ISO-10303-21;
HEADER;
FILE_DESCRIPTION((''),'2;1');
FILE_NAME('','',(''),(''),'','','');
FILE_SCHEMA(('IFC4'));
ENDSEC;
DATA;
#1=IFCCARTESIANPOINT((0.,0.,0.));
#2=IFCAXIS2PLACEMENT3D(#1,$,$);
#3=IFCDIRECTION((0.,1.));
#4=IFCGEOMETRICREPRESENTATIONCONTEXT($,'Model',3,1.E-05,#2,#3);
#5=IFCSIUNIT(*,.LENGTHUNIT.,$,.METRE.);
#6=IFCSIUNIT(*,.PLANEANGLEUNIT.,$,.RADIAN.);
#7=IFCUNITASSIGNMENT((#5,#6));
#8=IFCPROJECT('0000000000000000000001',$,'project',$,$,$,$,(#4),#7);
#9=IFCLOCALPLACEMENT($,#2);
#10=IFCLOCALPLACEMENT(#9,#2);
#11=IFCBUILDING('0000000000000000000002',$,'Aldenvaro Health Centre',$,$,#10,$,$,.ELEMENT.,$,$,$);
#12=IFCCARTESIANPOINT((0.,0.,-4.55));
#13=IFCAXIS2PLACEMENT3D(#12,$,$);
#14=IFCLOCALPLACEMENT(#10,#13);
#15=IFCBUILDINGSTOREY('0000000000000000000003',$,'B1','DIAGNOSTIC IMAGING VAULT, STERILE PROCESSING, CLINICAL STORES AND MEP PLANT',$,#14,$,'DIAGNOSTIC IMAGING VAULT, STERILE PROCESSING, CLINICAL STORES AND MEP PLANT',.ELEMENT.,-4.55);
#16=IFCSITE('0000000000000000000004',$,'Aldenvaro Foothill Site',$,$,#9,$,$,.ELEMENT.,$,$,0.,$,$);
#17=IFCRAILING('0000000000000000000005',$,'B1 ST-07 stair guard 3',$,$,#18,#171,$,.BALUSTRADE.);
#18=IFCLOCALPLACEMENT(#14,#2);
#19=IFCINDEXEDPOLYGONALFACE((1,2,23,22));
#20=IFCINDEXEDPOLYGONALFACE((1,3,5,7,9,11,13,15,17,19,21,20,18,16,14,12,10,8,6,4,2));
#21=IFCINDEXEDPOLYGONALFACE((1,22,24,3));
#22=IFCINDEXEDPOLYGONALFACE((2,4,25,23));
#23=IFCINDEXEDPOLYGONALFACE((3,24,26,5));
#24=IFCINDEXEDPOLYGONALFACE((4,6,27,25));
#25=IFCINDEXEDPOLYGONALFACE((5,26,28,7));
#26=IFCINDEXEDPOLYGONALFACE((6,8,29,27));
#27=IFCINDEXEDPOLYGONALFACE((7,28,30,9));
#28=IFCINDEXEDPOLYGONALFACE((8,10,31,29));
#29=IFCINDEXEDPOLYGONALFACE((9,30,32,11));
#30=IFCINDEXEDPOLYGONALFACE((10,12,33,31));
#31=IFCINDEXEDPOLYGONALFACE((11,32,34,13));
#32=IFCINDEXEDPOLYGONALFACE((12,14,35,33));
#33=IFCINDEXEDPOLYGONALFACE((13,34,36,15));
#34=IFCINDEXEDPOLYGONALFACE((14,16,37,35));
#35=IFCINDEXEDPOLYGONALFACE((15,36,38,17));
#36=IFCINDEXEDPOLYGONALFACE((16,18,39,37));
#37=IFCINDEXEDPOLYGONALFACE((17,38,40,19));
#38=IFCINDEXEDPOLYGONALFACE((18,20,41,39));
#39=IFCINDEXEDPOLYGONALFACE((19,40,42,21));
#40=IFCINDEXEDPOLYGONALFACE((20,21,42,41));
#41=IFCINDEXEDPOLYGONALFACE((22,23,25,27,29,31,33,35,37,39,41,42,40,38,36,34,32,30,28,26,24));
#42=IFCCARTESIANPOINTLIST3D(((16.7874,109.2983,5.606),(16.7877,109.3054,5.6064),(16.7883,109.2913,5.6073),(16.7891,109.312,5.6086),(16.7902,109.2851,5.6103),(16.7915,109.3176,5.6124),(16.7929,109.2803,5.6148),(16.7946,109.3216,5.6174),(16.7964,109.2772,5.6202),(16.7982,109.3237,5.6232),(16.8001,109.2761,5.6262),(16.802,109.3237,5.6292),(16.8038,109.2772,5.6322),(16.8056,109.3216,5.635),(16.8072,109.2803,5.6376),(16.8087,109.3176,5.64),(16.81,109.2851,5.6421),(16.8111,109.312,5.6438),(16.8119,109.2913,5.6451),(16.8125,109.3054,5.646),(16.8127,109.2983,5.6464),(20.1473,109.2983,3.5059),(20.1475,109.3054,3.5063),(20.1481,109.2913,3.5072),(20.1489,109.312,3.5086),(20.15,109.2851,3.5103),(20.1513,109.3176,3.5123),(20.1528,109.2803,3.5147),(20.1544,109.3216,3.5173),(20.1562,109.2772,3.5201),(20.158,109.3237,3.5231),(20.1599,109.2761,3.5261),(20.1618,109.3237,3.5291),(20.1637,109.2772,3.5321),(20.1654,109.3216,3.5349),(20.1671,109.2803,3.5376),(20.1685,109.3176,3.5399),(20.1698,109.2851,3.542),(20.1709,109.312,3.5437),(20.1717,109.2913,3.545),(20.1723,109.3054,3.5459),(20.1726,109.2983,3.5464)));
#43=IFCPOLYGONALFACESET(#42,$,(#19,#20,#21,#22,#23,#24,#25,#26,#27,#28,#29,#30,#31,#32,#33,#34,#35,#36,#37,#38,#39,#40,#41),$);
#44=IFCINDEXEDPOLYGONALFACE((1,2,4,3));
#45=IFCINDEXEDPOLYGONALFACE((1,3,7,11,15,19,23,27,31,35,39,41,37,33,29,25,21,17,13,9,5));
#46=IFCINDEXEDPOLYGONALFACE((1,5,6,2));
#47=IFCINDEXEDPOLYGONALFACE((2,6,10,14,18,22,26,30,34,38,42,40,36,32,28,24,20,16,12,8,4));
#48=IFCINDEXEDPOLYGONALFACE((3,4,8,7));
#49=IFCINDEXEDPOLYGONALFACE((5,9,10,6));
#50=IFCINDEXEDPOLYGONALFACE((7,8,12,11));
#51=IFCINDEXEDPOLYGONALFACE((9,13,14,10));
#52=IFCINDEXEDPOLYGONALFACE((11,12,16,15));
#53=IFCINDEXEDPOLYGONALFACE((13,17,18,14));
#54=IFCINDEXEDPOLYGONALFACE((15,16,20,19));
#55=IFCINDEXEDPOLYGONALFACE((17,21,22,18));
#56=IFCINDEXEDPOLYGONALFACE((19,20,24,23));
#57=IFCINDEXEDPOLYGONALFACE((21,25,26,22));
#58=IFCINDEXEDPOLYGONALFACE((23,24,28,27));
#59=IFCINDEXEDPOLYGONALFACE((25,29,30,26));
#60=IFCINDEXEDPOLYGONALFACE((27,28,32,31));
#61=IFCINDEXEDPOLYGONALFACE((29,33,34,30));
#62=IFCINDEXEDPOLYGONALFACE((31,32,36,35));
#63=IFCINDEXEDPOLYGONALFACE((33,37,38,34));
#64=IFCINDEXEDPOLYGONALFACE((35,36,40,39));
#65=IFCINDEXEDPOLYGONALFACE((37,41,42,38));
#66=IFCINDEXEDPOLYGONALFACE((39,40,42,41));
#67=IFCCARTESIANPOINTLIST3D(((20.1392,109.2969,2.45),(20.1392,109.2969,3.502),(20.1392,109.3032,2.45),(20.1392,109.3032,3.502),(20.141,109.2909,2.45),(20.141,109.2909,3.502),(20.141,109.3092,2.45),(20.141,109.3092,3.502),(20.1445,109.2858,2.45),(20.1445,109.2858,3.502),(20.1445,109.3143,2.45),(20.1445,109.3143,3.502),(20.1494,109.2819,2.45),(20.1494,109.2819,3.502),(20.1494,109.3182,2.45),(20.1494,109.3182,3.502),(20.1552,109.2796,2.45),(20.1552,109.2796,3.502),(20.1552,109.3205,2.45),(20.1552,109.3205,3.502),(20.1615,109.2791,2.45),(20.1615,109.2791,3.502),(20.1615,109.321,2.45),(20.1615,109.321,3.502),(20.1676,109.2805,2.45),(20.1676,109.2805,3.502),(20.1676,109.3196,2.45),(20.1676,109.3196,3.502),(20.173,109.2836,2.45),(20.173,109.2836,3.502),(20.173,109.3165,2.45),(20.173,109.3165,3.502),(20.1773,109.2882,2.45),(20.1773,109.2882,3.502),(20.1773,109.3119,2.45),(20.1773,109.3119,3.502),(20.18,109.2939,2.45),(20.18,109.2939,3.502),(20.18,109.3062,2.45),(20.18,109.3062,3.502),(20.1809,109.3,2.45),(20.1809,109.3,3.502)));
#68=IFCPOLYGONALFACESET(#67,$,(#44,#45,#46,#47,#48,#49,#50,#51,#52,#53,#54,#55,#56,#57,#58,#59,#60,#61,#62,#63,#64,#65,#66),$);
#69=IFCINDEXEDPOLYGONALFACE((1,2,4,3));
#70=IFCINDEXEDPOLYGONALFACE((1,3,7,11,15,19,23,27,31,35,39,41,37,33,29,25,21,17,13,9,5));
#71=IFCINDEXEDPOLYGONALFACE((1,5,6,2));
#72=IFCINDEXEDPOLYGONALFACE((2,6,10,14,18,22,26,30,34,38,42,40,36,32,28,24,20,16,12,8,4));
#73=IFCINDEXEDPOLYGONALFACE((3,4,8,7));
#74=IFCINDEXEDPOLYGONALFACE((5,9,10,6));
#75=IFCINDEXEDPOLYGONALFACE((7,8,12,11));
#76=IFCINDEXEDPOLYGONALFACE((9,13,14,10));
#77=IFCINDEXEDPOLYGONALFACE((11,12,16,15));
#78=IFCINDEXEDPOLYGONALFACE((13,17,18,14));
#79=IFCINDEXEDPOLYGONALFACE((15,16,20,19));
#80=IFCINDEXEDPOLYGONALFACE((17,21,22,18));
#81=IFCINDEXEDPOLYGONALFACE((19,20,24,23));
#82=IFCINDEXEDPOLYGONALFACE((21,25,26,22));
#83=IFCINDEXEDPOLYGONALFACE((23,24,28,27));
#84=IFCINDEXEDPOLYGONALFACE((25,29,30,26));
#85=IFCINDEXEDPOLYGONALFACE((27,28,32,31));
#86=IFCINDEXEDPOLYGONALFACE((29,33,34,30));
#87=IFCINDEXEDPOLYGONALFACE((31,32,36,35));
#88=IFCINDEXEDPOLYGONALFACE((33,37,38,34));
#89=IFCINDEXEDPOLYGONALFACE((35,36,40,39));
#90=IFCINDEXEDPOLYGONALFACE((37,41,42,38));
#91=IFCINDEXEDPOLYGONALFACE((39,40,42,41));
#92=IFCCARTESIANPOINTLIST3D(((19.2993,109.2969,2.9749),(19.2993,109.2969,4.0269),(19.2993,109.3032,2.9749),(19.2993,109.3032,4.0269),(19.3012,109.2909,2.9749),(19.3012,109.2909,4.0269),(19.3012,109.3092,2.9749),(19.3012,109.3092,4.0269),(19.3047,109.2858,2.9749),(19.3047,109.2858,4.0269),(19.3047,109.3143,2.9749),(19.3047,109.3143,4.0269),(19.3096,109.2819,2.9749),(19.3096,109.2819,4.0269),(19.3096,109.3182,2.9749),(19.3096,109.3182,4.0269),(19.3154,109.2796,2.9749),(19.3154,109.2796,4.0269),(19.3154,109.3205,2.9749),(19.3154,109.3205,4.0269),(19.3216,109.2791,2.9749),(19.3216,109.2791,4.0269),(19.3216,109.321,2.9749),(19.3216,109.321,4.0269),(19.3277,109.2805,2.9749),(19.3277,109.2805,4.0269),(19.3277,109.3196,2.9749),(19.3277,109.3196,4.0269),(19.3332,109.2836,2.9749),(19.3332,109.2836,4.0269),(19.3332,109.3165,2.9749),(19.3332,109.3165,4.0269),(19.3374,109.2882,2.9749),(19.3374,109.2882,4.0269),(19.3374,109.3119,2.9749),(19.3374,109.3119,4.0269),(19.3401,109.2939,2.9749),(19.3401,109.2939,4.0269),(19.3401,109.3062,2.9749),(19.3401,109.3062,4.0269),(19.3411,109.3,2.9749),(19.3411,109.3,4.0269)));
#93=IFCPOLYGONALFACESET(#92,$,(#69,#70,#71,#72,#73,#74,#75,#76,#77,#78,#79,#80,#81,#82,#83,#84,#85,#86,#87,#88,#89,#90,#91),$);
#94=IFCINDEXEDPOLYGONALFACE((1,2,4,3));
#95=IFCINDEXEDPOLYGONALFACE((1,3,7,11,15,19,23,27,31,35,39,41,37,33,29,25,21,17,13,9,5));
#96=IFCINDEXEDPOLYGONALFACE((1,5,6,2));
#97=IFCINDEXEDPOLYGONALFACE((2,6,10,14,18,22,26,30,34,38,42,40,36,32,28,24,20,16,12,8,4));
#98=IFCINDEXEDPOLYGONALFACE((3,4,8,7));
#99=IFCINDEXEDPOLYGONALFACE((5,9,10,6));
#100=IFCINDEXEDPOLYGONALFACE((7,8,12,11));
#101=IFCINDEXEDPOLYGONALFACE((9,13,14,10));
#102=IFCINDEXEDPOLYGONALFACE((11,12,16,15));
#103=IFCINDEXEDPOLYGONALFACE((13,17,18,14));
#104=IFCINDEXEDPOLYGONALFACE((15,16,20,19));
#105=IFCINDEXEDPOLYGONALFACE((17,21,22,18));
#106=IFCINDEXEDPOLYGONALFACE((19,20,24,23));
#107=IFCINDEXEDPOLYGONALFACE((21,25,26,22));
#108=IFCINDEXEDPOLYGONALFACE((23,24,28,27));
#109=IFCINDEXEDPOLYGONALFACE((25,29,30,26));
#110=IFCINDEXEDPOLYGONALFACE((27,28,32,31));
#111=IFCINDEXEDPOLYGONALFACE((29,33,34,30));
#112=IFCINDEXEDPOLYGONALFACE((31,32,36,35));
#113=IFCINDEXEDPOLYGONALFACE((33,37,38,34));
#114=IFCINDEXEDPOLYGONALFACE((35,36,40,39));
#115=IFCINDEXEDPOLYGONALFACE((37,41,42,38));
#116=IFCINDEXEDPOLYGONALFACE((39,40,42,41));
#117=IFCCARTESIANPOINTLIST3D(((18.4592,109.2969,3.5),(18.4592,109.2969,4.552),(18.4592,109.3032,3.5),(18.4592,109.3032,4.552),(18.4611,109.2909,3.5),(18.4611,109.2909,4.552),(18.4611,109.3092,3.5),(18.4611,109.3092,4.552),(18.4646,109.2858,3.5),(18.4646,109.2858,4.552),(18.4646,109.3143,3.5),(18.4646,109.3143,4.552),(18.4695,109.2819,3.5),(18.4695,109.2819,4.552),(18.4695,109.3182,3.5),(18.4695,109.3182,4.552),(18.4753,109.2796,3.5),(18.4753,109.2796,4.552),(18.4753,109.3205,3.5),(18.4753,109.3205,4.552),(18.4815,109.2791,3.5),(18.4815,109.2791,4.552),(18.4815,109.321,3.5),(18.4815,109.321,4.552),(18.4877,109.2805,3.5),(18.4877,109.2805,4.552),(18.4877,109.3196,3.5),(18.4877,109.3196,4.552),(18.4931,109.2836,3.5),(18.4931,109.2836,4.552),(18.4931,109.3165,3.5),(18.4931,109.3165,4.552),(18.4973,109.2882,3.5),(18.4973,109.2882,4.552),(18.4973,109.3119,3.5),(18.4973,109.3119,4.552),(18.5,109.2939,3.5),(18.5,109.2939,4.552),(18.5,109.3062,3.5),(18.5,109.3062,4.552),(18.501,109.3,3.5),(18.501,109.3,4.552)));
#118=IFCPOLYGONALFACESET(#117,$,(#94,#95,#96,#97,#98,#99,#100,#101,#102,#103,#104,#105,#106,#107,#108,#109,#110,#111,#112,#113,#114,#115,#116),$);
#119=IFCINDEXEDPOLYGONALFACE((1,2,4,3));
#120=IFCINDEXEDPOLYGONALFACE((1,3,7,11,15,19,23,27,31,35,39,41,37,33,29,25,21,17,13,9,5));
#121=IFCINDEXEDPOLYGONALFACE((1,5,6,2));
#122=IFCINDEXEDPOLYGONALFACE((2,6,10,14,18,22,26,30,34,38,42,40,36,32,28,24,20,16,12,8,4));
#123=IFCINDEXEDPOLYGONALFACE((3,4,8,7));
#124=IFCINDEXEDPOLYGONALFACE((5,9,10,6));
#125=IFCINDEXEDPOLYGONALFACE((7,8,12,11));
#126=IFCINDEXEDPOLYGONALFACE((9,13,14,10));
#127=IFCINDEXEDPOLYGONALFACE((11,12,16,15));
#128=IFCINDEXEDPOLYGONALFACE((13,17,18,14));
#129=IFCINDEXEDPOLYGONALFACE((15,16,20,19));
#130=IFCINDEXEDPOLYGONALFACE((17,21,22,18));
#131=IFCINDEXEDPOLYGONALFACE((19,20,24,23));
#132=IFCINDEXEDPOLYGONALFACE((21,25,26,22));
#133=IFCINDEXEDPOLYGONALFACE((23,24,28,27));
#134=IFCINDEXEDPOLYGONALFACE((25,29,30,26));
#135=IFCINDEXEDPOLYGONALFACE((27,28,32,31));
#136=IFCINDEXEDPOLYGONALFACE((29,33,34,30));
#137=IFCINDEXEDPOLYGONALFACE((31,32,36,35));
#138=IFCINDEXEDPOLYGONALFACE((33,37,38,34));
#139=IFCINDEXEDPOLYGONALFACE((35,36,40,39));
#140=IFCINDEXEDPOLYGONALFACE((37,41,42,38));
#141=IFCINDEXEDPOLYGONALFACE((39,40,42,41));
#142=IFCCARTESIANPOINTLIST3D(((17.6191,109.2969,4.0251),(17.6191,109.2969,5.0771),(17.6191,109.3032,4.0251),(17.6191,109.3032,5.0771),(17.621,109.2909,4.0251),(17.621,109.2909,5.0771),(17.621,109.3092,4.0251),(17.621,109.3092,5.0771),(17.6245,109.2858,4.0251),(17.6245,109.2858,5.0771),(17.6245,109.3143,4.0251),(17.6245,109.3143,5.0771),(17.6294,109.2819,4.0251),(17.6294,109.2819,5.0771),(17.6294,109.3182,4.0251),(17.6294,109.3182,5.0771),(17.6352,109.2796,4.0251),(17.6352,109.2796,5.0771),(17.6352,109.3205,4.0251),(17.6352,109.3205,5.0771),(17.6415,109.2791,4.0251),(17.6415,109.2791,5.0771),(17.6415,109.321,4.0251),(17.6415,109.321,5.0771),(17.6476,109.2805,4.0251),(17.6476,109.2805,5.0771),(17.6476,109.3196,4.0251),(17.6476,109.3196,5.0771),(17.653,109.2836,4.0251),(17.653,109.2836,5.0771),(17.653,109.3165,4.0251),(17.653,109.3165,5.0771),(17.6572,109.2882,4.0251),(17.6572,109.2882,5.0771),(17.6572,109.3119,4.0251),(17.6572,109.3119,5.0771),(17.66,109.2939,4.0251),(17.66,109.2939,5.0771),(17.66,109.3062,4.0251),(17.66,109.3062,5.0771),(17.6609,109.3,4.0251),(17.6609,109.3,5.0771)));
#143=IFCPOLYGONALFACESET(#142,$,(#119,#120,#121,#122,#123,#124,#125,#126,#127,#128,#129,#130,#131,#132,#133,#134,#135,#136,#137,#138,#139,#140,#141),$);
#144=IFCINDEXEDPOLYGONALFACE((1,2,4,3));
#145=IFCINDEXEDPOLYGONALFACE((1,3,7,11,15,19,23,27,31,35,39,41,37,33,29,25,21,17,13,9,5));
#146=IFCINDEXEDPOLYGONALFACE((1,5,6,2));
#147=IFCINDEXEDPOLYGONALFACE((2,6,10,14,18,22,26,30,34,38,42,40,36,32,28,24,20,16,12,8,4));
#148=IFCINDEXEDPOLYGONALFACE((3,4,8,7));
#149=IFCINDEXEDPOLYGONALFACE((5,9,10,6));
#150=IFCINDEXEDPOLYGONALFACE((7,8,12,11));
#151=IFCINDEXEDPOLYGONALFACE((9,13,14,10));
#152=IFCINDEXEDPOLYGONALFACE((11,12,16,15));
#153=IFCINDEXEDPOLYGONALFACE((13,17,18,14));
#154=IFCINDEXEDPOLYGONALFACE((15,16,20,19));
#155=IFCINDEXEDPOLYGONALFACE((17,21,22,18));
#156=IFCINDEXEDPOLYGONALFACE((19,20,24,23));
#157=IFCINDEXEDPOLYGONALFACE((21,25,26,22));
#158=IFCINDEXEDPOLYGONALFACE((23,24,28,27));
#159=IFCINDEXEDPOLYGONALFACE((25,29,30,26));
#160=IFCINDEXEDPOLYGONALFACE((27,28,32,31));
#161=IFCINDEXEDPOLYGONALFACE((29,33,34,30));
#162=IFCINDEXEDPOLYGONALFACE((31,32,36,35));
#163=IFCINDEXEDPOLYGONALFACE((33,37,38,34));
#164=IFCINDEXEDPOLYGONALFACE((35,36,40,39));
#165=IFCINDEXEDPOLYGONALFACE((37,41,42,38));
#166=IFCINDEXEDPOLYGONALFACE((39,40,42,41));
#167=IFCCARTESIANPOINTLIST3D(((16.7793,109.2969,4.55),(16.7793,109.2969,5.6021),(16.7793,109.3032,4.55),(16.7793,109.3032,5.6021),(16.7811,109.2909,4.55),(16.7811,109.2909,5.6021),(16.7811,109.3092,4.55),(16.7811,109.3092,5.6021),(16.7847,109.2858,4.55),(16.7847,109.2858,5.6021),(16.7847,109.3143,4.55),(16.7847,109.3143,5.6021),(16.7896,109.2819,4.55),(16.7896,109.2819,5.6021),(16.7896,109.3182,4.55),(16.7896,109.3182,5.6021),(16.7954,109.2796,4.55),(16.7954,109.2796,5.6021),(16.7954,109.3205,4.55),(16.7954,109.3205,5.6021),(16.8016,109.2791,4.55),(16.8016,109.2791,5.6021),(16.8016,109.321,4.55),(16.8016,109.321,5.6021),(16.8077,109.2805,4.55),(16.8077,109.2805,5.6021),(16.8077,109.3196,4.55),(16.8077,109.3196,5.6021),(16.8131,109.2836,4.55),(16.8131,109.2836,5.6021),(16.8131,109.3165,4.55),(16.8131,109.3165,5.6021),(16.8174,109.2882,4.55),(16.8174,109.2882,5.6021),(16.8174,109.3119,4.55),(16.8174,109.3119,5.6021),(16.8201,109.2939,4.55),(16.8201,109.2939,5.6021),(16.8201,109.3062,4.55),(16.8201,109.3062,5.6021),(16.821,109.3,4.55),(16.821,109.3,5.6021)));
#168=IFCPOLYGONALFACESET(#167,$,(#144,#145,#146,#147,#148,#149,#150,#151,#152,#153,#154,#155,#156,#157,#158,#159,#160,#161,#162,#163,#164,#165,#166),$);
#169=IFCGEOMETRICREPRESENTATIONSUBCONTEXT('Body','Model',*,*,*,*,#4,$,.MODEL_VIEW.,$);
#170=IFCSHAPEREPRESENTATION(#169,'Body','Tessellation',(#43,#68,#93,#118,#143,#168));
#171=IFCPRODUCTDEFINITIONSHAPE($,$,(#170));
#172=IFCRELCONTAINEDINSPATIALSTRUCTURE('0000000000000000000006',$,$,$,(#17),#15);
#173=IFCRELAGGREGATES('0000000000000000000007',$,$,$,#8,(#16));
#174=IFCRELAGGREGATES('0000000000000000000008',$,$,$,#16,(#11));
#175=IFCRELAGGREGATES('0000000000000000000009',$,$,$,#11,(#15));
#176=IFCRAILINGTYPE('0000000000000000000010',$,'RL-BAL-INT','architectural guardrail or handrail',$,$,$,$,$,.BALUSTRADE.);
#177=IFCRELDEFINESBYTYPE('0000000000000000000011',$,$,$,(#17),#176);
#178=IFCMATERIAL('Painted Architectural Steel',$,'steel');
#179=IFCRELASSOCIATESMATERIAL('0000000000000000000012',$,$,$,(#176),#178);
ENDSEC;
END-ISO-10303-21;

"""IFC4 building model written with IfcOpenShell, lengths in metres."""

from ifc_helpers import new_model, si_unit, direction, frame, origin, origin_2d, place, context, subcontext, project, spatial, circle, extrude, material, type_object, element, save


model = new_model("IFC4")

# Units and contexts
model_context = context("Model", 3, precision=1e-05, world=origin(), true_north=direction((0.0, 1.0)))
body_context = subcontext(model_context, "Body", "Model", "MODEL_VIEW")
ifc_project = project(units=[si_unit("LENGTHUNIT", "METRE"), si_unit("PLANEANGLEUNIT", "RADIAN")], contexts=[model_context])

# Site, building, storey
site_placement = place(None, origin())
site = spatial("IfcSite", under=ifc_project, at=site_placement, Name="Aldenvaro Foothill Site", CompositionType="ELEMENT", RefElevation=0.0)
building_placement = place(site_placement, origin())
building = spatial("IfcBuilding", under=site, at=building_placement, Name="Aldenvaro Health Centre", CompositionType="ELEMENT")
storey_placement = place(building_placement, frame((0.0, 0.0, -4.55)))
storey = spatial("IfcBuildingStorey", under=building, at=storey_placement, Name="B1", Description="DIAGNOSTIC IMAGING VAULT, STERILE PROCESSING, CLINICAL STORES AND MEP PLANT", LongName="DIAGNOSTIC IMAGING VAULT, STERILE PROCESSING, CLINICAL STORES AND MEP PLANT", CompositionType="ELEMENT", Elevation=-4.55)

# Railing
ifc_material_1 = material(Name="Painted Architectural Steel", Category="steel")
railing_type_1 = type_object("IfcRailingType", Name="RL-BAL-INT", Description="architectural guardrail or handrail", PredefinedType="BALUSTRADE", material=ifc_material_1)
railing_1_placement = place(storey_placement, frame((20.1599, 109.3, 2.45)))
element("IfcRailing", 1, at=railing_1_placement, inside=storey, type_object=railing_type_1, Name="B1 ST-07 stair guard 3", PredefinedType="BALUSTRADE", context=body_context, shape_type="SweptSolid", body=[
    extrude(circle(Radius=0.0239, at=origin_2d()), frame((0.0, 0.0, 1.0762), z_axis=(-0.847978, 0.0, 0.530032), x_axis=(0.0, -1.0, 0.0)), (0.0, 0.0, 1.0), 3.9622),
    extrude(circle(Radius=0.021, at=origin_2d()), origin(), (0.0, 0.0, 1.0), 1.052),
    extrude(circle(Radius=0.021, at=origin_2d()), frame((-0.8398, 0.0, 0.5249)), (0.0, 0.0, 1.0), 1.052),
    extrude(circle(Radius=0.021, at=origin_2d()), frame((-1.6799, 0.0, 1.05)), (0.0, 0.0, 1.0), 1.052),
    extrude(circle(Radius=0.021, at=origin_2d()), frame((-2.52, 0.0, 1.5752)), (0.0, 0.0, 1.0), 1.052),
    extrude(circle(Radius=0.021, at=origin_2d()), frame((-3.3599, 0.0, 2.1001)), (0.0, 0.0, 1.0), 1.052),
])

save(model, "model.ifc")
